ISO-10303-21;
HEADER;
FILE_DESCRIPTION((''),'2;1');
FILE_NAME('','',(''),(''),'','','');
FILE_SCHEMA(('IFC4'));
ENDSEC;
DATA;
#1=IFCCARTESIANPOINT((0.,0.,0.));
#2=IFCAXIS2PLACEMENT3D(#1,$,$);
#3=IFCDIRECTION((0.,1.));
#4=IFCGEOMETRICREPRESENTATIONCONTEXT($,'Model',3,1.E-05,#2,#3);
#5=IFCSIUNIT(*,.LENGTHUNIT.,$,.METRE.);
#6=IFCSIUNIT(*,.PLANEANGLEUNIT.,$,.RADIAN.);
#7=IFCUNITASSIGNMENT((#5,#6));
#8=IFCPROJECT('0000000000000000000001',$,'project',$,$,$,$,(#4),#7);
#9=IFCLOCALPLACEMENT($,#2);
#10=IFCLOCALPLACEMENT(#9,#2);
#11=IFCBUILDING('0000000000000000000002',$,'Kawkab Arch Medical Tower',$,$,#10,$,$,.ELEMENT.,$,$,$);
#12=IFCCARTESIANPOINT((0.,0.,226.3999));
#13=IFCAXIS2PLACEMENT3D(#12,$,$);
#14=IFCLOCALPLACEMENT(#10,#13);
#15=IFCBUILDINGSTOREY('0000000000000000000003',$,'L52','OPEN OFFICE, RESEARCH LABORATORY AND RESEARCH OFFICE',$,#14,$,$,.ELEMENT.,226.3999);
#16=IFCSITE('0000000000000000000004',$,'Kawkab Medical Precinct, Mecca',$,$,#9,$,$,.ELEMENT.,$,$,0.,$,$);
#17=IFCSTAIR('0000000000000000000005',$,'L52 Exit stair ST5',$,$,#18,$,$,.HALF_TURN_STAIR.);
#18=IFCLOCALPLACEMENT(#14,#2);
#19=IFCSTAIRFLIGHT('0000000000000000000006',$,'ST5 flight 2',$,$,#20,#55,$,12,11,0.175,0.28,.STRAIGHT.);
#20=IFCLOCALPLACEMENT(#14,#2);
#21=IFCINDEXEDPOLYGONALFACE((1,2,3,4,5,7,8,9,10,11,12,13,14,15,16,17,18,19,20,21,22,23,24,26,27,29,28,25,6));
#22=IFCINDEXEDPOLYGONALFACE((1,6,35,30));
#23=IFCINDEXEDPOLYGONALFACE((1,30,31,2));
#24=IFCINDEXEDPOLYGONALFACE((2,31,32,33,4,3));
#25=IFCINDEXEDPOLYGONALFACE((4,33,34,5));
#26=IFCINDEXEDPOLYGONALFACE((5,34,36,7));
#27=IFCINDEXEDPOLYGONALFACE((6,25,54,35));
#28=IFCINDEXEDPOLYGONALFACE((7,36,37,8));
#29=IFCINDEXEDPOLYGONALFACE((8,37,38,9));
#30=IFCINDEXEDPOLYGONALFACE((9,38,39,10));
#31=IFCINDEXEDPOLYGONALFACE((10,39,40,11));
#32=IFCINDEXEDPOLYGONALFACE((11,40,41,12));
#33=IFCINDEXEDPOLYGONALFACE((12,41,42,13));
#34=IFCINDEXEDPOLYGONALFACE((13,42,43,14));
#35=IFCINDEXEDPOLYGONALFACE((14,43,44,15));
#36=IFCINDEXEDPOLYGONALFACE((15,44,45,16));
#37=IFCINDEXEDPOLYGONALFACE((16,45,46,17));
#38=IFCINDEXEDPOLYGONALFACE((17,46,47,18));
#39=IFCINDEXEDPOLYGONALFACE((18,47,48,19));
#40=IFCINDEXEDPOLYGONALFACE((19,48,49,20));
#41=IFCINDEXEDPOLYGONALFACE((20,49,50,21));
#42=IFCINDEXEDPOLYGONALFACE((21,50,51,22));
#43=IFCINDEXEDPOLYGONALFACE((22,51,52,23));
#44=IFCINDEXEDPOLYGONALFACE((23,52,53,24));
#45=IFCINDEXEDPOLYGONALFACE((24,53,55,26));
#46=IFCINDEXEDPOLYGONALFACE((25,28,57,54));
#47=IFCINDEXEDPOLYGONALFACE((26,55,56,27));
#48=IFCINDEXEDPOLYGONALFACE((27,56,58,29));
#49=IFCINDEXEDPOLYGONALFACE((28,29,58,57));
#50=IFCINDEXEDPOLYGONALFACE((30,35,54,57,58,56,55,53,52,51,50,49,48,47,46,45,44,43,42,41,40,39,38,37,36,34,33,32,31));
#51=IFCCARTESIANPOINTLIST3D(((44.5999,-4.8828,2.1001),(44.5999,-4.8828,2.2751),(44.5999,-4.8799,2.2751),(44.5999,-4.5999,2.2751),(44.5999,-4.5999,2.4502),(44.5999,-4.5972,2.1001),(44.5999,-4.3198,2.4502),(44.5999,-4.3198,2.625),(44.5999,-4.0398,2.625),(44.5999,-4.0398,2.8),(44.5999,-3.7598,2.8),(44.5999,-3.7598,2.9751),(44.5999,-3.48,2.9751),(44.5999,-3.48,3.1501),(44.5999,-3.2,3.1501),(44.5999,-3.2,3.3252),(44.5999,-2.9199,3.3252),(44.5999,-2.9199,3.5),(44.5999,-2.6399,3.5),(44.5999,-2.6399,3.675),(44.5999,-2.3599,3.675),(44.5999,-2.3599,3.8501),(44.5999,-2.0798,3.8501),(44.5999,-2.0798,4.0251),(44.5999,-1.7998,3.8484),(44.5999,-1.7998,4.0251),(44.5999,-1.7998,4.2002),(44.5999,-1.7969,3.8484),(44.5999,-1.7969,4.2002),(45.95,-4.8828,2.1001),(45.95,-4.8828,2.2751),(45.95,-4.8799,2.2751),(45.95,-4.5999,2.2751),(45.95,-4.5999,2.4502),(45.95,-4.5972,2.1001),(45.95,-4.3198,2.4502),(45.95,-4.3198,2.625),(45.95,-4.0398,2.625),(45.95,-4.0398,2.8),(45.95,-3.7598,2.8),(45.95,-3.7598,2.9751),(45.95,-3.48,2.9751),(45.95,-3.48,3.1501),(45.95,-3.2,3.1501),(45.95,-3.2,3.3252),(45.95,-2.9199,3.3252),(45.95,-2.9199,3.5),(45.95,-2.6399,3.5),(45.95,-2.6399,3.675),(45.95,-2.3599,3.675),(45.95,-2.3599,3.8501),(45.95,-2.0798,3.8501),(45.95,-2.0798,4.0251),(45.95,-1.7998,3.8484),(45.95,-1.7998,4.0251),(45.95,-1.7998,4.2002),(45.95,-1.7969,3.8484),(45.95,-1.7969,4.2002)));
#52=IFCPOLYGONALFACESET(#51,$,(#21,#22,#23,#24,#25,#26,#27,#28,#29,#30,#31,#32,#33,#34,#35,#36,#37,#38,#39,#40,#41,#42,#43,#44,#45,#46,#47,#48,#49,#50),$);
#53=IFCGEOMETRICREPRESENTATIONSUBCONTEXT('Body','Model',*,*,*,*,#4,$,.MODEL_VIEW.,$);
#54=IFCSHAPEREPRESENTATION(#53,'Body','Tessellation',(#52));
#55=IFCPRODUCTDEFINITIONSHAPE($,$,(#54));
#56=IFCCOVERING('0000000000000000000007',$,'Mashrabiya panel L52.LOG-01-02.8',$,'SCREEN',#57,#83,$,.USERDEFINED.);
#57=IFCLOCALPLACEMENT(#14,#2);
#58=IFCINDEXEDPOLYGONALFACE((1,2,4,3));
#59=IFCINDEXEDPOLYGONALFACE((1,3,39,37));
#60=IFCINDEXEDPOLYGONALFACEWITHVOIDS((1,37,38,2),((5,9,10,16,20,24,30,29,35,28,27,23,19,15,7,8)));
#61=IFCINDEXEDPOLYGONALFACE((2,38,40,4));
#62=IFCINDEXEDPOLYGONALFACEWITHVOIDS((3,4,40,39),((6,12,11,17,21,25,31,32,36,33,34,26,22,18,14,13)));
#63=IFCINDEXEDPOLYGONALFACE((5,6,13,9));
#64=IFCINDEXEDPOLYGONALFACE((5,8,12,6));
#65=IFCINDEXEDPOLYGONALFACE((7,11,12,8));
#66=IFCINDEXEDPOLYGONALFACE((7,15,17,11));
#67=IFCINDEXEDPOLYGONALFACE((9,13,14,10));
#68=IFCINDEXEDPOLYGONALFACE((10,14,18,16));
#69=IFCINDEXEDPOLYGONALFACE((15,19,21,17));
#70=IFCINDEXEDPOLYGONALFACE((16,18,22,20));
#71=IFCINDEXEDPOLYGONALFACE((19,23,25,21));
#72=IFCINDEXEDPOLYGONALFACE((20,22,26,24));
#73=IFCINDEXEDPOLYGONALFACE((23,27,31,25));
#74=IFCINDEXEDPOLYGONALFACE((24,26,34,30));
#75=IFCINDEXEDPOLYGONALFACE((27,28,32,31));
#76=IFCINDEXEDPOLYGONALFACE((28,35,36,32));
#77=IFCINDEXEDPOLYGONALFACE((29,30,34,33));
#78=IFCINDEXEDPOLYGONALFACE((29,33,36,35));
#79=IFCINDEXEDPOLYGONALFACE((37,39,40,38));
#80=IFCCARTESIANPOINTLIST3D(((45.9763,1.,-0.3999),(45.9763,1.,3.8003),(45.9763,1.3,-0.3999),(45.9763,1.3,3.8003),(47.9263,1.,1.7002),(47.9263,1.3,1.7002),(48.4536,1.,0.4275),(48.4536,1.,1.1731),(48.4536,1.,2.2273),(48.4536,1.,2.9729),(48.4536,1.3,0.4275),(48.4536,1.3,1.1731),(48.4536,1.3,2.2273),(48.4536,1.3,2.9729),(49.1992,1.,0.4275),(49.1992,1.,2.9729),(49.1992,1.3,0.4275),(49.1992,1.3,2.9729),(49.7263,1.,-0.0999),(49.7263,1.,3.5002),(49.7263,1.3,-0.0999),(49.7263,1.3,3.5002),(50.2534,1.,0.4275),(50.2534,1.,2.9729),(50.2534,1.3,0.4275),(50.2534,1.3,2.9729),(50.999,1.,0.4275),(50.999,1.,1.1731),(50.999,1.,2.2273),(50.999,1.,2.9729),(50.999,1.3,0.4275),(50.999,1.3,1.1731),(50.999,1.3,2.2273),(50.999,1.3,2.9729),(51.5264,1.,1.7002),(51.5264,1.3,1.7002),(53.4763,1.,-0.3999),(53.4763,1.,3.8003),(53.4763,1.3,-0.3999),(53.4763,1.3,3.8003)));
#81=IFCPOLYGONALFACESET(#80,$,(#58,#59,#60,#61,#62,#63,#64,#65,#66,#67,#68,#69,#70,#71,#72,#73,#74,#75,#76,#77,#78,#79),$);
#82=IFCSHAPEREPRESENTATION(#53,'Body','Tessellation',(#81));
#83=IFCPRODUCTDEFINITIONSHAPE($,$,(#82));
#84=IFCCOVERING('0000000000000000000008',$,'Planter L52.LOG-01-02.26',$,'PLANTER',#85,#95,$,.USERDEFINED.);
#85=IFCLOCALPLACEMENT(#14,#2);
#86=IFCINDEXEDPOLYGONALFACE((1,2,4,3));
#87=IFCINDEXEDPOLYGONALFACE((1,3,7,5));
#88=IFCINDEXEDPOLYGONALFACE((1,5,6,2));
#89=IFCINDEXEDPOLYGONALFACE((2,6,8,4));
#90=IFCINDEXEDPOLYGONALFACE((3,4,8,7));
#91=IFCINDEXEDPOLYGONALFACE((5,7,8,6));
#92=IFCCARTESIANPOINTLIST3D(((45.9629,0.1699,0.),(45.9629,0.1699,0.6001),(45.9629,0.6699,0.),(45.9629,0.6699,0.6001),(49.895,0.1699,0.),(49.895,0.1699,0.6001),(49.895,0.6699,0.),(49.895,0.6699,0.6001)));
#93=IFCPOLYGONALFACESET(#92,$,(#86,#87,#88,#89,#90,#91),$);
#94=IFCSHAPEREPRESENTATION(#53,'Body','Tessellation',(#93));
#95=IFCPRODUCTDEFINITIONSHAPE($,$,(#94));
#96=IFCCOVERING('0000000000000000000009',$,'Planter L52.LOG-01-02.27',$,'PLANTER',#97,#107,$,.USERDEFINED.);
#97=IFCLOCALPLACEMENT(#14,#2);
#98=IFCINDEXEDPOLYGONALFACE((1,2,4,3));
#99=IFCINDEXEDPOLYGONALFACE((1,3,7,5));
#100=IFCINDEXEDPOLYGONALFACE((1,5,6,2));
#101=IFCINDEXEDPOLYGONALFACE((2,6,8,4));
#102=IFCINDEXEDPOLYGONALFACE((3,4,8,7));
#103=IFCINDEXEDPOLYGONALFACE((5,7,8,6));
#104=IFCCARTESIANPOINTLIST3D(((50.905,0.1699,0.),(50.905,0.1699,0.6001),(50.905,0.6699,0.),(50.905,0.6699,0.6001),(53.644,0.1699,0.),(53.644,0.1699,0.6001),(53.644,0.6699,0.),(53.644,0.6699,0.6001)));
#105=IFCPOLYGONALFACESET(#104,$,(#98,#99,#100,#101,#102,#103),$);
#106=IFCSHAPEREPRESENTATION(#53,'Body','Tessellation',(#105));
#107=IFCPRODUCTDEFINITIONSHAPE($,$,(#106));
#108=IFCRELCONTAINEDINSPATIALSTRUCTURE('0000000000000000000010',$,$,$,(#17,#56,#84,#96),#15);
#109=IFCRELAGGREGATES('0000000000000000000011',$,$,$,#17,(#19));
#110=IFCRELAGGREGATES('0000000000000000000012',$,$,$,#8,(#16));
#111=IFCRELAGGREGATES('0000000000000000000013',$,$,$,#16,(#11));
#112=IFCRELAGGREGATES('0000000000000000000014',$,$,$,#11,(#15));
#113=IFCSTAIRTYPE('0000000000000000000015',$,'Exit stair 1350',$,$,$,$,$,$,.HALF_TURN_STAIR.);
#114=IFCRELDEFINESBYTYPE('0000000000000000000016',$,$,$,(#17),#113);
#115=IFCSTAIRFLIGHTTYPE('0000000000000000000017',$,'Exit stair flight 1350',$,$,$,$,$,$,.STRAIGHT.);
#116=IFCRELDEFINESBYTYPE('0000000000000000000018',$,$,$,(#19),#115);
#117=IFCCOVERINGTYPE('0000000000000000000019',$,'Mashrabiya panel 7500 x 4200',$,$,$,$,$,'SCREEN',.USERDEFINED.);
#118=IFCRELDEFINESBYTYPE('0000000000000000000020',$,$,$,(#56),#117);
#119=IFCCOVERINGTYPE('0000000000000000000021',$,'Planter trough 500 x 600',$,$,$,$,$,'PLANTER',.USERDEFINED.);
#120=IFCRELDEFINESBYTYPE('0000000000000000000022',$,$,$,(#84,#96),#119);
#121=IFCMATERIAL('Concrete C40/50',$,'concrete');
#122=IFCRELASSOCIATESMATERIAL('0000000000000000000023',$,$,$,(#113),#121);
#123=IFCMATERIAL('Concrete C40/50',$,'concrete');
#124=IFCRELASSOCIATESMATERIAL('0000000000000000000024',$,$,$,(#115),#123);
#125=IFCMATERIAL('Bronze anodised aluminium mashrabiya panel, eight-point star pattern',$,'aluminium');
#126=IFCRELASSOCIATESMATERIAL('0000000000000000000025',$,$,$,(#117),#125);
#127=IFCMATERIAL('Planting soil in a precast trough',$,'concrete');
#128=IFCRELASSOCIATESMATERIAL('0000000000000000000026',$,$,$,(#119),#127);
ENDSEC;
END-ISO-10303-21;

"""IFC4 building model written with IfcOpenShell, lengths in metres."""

from ifc_helpers import new_model, si_unit, direction, frame, origin, origin_2d, place, context, subcontext, project, spatial, polyline, rectangle, outline, extrude, material, material_profile, profile_set, type_object, element, aggregate, save


model = new_model("IFC4")

# Units and contexts
model_context = context("Model", 3, precision=1e-05, world=origin(), true_north=direction((0.0, 1.0)))
body_context = subcontext(model_context, "Body", "Model", "MODEL_VIEW")
ifc_project = project(units=[si_unit("LENGTHUNIT", "METRE"), si_unit("PLANEANGLEUNIT", "RADIAN")], contexts=[model_context])

# Site, building, storey
site_placement = place(None, origin())
site = spatial("IfcSite", under=ifc_project, at=site_placement, Name="Kawkab Medical Precinct, Mecca", CompositionType="ELEMENT", RefElevation=0.0)
building_placement = place(site_placement, origin())
building = spatial("IfcBuilding", under=site, at=building_placement, Name="Kawkab Arch Medical Tower", CompositionType="ELEMENT")
storey_placement = place(building_placement, frame((0.0, 0.0, 226.3999)))
storey = spatial("IfcBuildingStorey", under=building, at=storey_placement, Name="L52", Description="OPEN OFFICE, RESEARCH LABORATORY AND RESEARCH OFFICE", CompositionType="ELEMENT", Elevation=226.3999)

# Shared definitions
placement = place(storey_placement, origin())

# Stair, stair flight
ifc_material_1 = material(Name="Concrete C40/50", Category="concrete")
stair_type = type_object("IfcStairType", Name="Exit stair 1350", PredefinedType="HALF_TURN_STAIR", material=ifc_material_1)
stair = element("IfcStair", 1, at=placement, inside=storey, type_object=stair_type, Name="L52 Exit stair ST5", PredefinedType="HALF_TURN_STAIR")
ifc_material_2 = material(Name="Concrete C40/50", Category="concrete")
stair_flight_type = type_object("IfcStairFlightType", Name="Exit stair flight 1350", PredefinedType="STRAIGHT", material=ifc_material_2)
stair_flight_placement = place(storey_placement, frame((45.2749, -4.8799, 2.1001), z_axis=(0.0, 0.0, 1.0), x_axis=(0.0, 1.0, 0.0)))
stair_flight = element("IfcStairFlight", 2, at=stair_flight_placement, type_object=stair_flight_type, Name="ST5 flight 2", NumberOfRisers=12, NumberOfTreads=11, PredefinedType="STRAIGHT", RiserHeight=0.175, TreadLength=0.28, context=body_context, shape_type="SweptSolid", body=[
    extrude(outline(polyline([(-0.0029, 0.0), (-0.0029, 0.175), (0.0, 0.175), (0.28, 0.175), (0.28, 0.3501), (0.5601, 0.3501), (0.5601, 0.5249), (0.8401, 0.5249), (0.8401, 0.7), (1.1201, 0.7), (1.1201, 0.875), (1.3999, 0.875), (1.3999, 1.05), (1.6799, 1.05), (1.6799, 1.2251), (1.96, 1.2251), (1.96, 1.3999), (2.24, 1.3999), (2.24, 1.575), (2.52, 1.575), (2.52, 1.75), (2.8, 1.75), (2.8, 1.925), (3.0801, 1.925), (3.0801, 2.1001), (3.083, 2.1001), (3.083, 1.7483), (3.0801, 1.7483), (0.2827, 0.0), (-0.0029, 0.0)])), frame((0.0, 0.675, 0.0), z_axis=(0.0, -1.0, 0.0), x_axis=(1.0, 0.0, 0.0)), (0.0, 0.0, 1.0), 1.3501),
])
aggregate(stair, [stair_flight])

# Coverings
ifc_material_3 = material(Name="Bronze anodised aluminium mashrabiya panel, eight-point star pattern", Category="aluminium")
ifc_material_profile_1 = material_profile(ifc_material_3, outline(polyline([(-3.75, -2.1001), (3.75, -2.1001), (3.75, 2.1001), (-3.75, 2.1001), (-3.75, -2.1001)]), holes=[polyline([(1.8, 0.0), (1.2727, 0.5271), (1.2727, 1.2727), (0.5271, 1.2727), (0.0, 1.8), (-0.5271, 1.2727), (-1.2727, 1.2727), (-1.2727, 0.5271), (-1.8, 0.0), (-1.2727, -0.5271), (-1.2727, -1.2727), (-0.5271, -1.2727), (0.0, -1.8), (0.5271, -1.2727), (1.2727, -1.2727), (1.2727, -0.5271), (1.8, 0.0)])]), Name="Mashrabiya panel 7500x4200")
ifc_profile_set_1 = profile_set([ifc_material_profile_1], Name="Bronze anodised aluminium mashrabiya panel, eight-point star pattern")
covering_type_1 = type_object("IfcCoveringType", Name="Mashrabiya panel 7500 x 4200", ElementType="SCREEN", PredefinedType="USERDEFINED", material=ifc_profile_set_1)
covering_1_placement = place(storey_placement, frame((49.7263, 1.0, 1.7002), z_axis=(0.0, 1.0, 0.0), x_axis=(-1.0, 0.0, 0.0)))
element("IfcCovering", 3, at=covering_1_placement, inside=storey, type_object=covering_type_1, Name="Mashrabiya panel L52.LOG-01-02.8", ObjectType="SCREEN", PredefinedType="USERDEFINED", context=body_context, shape_type="SweptSolid", body=[
    extrude(outline(polyline([(-3.75, -2.1001), (3.75, -2.1001), (3.75, 2.1001), (-3.75, 2.1001), (-3.75, -2.1001)]), holes=[polyline([(1.8, 0.0), (1.2727, 0.5271), (1.2727, 1.2727), (0.5271, 1.2727), (0.0, 1.8), (-0.5271, 1.2727), (-1.2727, 1.2727), (-1.2727, 0.5271), (-1.8, 0.0), (-1.2727, -0.5271), (-1.2727, -1.2727), (-0.5271, -1.2727), (0.0, -1.8), (0.5271, -1.2727), (1.2727, -1.2727), (1.2727, -0.5271), (1.8, 0.0)])]), origin(), (0.0, 0.0, 1.0), 0.3),
])
ifc_material_4 = material(Name="Planting soil in a precast trough", Category="concrete")
ifc_material_profile_2 = material_profile(ifc_material_4, rectangle(XDim=0.5, YDim=0.6001, at=origin_2d()), Name="Trough 500x600")
ifc_profile_set_2 = profile_set([ifc_material_profile_2], Name="Planting soil in a precast trough")
covering_type_2 = type_object("IfcCoveringType", Name="Planter trough 500 x 600", ElementType="PLANTER", PredefinedType="USERDEFINED", material=ifc_profile_set_2)
covering_2_placement = place(storey_placement, frame((45.9629, 0.4199, 0.3), z_axis=(1.0, 0.0, 0.0), x_axis=(0.0, 1.0, 0.0)))
element("IfcCovering", 4, at=covering_2_placement, inside=storey, type_object=covering_type_2, Name="Planter L52.LOG-01-02.26", ObjectType="PLANTER", PredefinedType="USERDEFINED", context=body_context, shape_type="SweptSolid", body=[
    extrude(rectangle(XDim=0.5, YDim=0.6001, at=origin_2d()), origin(), (0.0, 0.0, 1.0), 3.9321),
])
covering_3_placement = place(storey_placement, frame((50.905, 0.4199, 0.3), z_axis=(1.0, 0.0, 0.0), x_axis=(0.0, 1.0, 0.0)))
element("IfcCovering", 5, at=covering_3_placement, inside=storey, type_object=covering_type_2, Name="Planter L52.LOG-01-02.27", ObjectType="PLANTER", PredefinedType="USERDEFINED", context=body_context, shape_type="SweptSolid", body=[
    extrude(rectangle(XDim=0.5, YDim=0.6001, at=origin_2d()), origin(), (0.0, 0.0, 1.0), 2.739),
])

save(model, "model.ifc")
